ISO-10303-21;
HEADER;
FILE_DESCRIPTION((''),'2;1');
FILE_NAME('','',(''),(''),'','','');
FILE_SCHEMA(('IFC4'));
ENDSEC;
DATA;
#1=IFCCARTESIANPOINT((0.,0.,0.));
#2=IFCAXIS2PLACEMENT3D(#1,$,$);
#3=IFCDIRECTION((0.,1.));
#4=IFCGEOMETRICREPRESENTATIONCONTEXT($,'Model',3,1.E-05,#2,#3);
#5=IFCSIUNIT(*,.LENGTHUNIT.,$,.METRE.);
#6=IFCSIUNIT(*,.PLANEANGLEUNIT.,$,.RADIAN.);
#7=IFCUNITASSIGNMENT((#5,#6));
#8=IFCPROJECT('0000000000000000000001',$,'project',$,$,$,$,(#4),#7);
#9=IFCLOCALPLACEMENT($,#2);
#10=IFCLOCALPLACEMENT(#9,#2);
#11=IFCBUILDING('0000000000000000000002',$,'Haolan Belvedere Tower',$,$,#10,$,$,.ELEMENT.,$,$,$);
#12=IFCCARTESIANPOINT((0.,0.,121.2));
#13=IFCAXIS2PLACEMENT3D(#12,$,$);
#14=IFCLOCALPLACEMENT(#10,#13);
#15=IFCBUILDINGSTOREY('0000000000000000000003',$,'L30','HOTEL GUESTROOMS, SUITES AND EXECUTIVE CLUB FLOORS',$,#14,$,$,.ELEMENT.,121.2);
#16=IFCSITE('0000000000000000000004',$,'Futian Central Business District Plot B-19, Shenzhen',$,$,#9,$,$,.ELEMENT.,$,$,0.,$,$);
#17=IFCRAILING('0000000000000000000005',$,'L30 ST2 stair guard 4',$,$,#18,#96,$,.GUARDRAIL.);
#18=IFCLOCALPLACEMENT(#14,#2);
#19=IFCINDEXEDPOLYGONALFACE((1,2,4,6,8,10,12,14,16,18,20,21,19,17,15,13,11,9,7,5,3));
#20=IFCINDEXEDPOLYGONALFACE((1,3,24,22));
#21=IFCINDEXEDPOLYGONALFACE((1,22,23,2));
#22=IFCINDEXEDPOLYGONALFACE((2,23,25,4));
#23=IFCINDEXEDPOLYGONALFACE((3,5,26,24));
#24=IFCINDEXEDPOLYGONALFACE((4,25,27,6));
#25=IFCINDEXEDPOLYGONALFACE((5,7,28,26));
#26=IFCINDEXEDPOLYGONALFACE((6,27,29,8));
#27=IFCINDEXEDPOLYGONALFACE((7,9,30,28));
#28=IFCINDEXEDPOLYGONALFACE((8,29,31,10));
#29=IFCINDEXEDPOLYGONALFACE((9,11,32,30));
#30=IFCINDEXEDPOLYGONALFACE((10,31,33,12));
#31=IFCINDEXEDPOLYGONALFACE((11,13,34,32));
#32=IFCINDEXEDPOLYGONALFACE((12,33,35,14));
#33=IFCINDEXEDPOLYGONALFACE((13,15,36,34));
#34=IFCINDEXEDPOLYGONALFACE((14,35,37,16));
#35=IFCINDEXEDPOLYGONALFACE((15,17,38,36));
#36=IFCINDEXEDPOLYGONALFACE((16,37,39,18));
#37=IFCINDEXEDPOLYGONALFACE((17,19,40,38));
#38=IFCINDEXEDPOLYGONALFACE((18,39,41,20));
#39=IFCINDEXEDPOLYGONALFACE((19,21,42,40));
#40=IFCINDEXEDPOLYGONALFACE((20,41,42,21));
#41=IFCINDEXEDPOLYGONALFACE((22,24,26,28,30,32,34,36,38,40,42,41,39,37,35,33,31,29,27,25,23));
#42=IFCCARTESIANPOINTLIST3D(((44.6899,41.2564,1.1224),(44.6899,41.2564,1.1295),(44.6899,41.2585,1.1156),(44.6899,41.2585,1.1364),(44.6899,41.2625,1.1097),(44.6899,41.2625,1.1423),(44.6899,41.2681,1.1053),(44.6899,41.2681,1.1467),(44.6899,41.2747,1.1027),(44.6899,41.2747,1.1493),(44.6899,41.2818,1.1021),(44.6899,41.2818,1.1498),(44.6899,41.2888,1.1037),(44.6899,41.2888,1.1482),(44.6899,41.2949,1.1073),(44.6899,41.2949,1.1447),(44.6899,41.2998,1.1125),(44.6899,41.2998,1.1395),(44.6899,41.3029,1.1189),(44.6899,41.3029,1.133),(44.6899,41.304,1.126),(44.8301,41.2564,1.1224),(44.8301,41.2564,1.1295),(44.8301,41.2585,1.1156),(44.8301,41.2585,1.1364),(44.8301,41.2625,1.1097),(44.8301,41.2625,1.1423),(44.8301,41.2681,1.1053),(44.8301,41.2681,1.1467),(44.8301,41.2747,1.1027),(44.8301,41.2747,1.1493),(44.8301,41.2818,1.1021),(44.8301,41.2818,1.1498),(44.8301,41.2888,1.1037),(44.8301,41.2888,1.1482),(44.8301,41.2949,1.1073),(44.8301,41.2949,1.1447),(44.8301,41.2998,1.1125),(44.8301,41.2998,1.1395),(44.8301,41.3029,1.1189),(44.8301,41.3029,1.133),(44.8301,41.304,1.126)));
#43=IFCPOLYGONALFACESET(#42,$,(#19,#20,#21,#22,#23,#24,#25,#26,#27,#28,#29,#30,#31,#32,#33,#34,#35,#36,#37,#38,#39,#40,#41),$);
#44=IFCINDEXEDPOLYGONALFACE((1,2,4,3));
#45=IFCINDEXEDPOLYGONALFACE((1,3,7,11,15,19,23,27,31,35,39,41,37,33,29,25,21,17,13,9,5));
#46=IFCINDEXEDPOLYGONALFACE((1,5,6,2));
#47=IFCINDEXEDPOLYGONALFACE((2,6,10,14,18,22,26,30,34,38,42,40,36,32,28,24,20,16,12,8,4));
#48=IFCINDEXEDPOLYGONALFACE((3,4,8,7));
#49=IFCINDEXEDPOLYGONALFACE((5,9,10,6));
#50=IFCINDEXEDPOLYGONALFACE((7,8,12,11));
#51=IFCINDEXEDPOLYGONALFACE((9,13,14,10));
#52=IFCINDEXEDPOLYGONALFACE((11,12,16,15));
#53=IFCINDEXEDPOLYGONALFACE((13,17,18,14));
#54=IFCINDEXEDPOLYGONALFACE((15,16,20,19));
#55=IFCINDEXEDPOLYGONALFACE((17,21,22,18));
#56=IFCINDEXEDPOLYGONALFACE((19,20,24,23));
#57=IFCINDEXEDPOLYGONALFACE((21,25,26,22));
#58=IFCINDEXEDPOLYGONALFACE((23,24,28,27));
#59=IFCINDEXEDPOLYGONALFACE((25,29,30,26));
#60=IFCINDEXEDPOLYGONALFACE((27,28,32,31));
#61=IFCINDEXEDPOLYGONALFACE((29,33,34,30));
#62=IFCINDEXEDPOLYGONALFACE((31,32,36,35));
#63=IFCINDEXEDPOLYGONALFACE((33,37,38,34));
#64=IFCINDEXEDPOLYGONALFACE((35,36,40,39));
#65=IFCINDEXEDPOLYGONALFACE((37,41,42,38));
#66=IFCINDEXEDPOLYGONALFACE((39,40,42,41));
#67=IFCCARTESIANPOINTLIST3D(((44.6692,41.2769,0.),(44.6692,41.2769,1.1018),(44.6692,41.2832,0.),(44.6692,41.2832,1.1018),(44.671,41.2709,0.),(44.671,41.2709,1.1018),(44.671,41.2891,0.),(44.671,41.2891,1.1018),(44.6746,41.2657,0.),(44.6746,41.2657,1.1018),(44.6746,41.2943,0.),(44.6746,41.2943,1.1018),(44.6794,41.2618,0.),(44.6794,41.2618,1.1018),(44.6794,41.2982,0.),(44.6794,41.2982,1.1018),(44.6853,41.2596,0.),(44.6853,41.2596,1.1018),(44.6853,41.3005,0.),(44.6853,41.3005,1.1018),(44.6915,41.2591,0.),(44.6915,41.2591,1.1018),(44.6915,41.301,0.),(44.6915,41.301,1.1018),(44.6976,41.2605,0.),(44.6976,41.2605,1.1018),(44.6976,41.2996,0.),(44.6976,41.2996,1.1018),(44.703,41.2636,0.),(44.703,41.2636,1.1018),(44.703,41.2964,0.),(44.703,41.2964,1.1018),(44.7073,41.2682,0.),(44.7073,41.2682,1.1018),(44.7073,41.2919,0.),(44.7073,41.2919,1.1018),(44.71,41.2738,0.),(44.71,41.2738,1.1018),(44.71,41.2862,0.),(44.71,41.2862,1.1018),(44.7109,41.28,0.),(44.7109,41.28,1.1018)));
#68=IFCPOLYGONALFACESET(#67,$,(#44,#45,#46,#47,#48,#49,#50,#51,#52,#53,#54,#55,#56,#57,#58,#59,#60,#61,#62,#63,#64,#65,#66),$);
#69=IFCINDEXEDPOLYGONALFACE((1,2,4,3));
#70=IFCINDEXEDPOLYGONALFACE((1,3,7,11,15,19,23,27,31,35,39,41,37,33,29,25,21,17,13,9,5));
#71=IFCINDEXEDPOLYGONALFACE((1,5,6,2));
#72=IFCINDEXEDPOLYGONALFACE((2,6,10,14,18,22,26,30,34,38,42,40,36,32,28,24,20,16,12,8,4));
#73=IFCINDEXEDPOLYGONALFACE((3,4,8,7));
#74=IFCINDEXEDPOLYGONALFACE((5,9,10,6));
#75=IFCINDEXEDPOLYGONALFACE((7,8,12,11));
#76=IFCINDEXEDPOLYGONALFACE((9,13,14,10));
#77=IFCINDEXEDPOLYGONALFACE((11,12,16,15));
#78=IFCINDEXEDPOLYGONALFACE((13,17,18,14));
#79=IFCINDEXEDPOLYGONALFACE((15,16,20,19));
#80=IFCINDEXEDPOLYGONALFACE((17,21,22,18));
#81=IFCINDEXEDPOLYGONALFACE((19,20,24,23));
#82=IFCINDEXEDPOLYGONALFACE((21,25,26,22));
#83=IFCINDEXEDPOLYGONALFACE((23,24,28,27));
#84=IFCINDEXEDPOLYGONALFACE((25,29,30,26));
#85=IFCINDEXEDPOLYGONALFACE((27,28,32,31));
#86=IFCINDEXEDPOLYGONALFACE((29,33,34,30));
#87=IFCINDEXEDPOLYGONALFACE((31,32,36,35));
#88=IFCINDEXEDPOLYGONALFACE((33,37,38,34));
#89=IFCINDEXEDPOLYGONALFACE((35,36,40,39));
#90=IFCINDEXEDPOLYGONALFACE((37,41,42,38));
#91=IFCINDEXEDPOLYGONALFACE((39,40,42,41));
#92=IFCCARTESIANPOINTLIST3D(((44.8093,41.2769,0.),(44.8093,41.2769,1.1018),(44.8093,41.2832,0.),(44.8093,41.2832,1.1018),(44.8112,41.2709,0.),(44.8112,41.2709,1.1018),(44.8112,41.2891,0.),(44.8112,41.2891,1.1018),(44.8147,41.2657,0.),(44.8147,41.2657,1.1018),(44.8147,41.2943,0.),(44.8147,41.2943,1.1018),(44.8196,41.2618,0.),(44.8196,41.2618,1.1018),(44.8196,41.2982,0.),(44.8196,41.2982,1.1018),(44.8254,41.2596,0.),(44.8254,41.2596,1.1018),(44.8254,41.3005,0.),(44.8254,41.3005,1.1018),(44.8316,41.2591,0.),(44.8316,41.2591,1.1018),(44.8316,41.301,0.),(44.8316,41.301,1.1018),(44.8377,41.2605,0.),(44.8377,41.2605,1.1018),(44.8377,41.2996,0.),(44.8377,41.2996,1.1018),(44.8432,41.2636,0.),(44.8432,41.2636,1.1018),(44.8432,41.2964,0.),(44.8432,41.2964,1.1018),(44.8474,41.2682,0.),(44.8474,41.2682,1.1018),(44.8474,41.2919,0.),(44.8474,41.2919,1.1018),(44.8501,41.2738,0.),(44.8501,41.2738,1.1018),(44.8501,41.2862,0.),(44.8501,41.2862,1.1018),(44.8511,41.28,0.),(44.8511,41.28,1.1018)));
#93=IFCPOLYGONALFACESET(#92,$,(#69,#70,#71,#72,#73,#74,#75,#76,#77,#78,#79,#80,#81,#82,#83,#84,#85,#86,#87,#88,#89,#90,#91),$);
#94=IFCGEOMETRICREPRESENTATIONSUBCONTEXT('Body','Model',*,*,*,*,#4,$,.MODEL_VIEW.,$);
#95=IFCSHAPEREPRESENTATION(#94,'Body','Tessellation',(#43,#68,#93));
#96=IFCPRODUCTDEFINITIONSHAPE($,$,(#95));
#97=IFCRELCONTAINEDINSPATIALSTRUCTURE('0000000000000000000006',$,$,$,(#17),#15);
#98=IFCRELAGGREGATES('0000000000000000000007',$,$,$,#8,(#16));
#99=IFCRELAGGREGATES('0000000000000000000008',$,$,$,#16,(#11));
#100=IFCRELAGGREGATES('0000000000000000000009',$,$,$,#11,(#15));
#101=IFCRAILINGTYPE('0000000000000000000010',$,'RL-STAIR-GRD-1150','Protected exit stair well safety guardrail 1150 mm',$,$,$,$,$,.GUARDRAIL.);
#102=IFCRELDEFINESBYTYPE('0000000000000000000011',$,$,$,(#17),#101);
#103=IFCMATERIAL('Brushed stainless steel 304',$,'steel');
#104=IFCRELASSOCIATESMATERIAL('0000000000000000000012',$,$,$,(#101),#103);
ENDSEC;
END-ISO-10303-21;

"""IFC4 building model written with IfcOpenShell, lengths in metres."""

from ifc_helpers import new_model, si_unit, direction, frame, origin, origin_2d, place, context, subcontext, project, spatial, circle, extrude, material, type_object, element, save


model = new_model("IFC4")

# Units and contexts
model_context = context("Model", 3, precision=1e-05, world=origin(), true_north=direction((0.0, 1.0)))
body_context = subcontext(model_context, "Body", "Model", "MODEL_VIEW")
ifc_project = project(units=[si_unit("LENGTHUNIT", "METRE"), si_unit("PLANEANGLEUNIT", "RADIAN")], contexts=[model_context])

# Site, building, storey
site_placement = place(None, origin())
site = spatial("IfcSite", under=ifc_project, at=site_placement, Name="Futian Central Business District Plot B-19, Shenzhen", CompositionType="ELEMENT", RefElevation=0.0)
building_placement = place(site_placement, origin())
building = spatial("IfcBuilding", under=site, at=building_placement, Name="Haolan Belvedere Tower", CompositionType="ELEMENT")
storey_placement = place(building_placement, frame((0.0, 0.0, 121.2)))
storey = spatial("IfcBuildingStorey", under=building, at=storey_placement, Name="L30", Description="HOTEL GUESTROOMS, SUITES AND EXECUTIVE CLUB FLOORS", CompositionType="ELEMENT", Elevation=121.2)

# Railing
ifc_material_1 = material(Name="Brushed stainless steel 304", Category="steel")
railing_type_1 = type_object("IfcRailingType", Name="RL-STAIR-GRD-1150", Description="Protected exit stair well safety guardrail 1150 mm", PredefinedType="GUARDRAIL", material=ifc_material_1)
railing_1_placement = place(storey_placement, frame((44.6899, 41.28, 0.0)))
element("IfcRailing", 1, at=railing_1_placement, inside=storey, type_object=railing_type_1, Name="L30 ST2 stair guard 4", PredefinedType="GUARDRAIL", context=body_context, shape_type="SweptSolid", body=[
    extrude(circle(Radius=0.0239, at=origin_2d()), frame((0.0, 0.0, 1.126), z_axis=(1.0, 0.0, 0.0), x_axis=(0.0, 1.0, 0.0)), (0.0, 0.0, 1.0), 0.1401),
    extrude(circle(Radius=0.021, at=origin_2d()), origin(), (0.0, 0.0, 1.0), 1.1018),
    extrude(circle(Radius=0.021, at=origin_2d()), frame((0.1401, 0.0, 0.0)), (0.0, 0.0, 1.0), 1.1018),
])

save(model, "model.ifc")
